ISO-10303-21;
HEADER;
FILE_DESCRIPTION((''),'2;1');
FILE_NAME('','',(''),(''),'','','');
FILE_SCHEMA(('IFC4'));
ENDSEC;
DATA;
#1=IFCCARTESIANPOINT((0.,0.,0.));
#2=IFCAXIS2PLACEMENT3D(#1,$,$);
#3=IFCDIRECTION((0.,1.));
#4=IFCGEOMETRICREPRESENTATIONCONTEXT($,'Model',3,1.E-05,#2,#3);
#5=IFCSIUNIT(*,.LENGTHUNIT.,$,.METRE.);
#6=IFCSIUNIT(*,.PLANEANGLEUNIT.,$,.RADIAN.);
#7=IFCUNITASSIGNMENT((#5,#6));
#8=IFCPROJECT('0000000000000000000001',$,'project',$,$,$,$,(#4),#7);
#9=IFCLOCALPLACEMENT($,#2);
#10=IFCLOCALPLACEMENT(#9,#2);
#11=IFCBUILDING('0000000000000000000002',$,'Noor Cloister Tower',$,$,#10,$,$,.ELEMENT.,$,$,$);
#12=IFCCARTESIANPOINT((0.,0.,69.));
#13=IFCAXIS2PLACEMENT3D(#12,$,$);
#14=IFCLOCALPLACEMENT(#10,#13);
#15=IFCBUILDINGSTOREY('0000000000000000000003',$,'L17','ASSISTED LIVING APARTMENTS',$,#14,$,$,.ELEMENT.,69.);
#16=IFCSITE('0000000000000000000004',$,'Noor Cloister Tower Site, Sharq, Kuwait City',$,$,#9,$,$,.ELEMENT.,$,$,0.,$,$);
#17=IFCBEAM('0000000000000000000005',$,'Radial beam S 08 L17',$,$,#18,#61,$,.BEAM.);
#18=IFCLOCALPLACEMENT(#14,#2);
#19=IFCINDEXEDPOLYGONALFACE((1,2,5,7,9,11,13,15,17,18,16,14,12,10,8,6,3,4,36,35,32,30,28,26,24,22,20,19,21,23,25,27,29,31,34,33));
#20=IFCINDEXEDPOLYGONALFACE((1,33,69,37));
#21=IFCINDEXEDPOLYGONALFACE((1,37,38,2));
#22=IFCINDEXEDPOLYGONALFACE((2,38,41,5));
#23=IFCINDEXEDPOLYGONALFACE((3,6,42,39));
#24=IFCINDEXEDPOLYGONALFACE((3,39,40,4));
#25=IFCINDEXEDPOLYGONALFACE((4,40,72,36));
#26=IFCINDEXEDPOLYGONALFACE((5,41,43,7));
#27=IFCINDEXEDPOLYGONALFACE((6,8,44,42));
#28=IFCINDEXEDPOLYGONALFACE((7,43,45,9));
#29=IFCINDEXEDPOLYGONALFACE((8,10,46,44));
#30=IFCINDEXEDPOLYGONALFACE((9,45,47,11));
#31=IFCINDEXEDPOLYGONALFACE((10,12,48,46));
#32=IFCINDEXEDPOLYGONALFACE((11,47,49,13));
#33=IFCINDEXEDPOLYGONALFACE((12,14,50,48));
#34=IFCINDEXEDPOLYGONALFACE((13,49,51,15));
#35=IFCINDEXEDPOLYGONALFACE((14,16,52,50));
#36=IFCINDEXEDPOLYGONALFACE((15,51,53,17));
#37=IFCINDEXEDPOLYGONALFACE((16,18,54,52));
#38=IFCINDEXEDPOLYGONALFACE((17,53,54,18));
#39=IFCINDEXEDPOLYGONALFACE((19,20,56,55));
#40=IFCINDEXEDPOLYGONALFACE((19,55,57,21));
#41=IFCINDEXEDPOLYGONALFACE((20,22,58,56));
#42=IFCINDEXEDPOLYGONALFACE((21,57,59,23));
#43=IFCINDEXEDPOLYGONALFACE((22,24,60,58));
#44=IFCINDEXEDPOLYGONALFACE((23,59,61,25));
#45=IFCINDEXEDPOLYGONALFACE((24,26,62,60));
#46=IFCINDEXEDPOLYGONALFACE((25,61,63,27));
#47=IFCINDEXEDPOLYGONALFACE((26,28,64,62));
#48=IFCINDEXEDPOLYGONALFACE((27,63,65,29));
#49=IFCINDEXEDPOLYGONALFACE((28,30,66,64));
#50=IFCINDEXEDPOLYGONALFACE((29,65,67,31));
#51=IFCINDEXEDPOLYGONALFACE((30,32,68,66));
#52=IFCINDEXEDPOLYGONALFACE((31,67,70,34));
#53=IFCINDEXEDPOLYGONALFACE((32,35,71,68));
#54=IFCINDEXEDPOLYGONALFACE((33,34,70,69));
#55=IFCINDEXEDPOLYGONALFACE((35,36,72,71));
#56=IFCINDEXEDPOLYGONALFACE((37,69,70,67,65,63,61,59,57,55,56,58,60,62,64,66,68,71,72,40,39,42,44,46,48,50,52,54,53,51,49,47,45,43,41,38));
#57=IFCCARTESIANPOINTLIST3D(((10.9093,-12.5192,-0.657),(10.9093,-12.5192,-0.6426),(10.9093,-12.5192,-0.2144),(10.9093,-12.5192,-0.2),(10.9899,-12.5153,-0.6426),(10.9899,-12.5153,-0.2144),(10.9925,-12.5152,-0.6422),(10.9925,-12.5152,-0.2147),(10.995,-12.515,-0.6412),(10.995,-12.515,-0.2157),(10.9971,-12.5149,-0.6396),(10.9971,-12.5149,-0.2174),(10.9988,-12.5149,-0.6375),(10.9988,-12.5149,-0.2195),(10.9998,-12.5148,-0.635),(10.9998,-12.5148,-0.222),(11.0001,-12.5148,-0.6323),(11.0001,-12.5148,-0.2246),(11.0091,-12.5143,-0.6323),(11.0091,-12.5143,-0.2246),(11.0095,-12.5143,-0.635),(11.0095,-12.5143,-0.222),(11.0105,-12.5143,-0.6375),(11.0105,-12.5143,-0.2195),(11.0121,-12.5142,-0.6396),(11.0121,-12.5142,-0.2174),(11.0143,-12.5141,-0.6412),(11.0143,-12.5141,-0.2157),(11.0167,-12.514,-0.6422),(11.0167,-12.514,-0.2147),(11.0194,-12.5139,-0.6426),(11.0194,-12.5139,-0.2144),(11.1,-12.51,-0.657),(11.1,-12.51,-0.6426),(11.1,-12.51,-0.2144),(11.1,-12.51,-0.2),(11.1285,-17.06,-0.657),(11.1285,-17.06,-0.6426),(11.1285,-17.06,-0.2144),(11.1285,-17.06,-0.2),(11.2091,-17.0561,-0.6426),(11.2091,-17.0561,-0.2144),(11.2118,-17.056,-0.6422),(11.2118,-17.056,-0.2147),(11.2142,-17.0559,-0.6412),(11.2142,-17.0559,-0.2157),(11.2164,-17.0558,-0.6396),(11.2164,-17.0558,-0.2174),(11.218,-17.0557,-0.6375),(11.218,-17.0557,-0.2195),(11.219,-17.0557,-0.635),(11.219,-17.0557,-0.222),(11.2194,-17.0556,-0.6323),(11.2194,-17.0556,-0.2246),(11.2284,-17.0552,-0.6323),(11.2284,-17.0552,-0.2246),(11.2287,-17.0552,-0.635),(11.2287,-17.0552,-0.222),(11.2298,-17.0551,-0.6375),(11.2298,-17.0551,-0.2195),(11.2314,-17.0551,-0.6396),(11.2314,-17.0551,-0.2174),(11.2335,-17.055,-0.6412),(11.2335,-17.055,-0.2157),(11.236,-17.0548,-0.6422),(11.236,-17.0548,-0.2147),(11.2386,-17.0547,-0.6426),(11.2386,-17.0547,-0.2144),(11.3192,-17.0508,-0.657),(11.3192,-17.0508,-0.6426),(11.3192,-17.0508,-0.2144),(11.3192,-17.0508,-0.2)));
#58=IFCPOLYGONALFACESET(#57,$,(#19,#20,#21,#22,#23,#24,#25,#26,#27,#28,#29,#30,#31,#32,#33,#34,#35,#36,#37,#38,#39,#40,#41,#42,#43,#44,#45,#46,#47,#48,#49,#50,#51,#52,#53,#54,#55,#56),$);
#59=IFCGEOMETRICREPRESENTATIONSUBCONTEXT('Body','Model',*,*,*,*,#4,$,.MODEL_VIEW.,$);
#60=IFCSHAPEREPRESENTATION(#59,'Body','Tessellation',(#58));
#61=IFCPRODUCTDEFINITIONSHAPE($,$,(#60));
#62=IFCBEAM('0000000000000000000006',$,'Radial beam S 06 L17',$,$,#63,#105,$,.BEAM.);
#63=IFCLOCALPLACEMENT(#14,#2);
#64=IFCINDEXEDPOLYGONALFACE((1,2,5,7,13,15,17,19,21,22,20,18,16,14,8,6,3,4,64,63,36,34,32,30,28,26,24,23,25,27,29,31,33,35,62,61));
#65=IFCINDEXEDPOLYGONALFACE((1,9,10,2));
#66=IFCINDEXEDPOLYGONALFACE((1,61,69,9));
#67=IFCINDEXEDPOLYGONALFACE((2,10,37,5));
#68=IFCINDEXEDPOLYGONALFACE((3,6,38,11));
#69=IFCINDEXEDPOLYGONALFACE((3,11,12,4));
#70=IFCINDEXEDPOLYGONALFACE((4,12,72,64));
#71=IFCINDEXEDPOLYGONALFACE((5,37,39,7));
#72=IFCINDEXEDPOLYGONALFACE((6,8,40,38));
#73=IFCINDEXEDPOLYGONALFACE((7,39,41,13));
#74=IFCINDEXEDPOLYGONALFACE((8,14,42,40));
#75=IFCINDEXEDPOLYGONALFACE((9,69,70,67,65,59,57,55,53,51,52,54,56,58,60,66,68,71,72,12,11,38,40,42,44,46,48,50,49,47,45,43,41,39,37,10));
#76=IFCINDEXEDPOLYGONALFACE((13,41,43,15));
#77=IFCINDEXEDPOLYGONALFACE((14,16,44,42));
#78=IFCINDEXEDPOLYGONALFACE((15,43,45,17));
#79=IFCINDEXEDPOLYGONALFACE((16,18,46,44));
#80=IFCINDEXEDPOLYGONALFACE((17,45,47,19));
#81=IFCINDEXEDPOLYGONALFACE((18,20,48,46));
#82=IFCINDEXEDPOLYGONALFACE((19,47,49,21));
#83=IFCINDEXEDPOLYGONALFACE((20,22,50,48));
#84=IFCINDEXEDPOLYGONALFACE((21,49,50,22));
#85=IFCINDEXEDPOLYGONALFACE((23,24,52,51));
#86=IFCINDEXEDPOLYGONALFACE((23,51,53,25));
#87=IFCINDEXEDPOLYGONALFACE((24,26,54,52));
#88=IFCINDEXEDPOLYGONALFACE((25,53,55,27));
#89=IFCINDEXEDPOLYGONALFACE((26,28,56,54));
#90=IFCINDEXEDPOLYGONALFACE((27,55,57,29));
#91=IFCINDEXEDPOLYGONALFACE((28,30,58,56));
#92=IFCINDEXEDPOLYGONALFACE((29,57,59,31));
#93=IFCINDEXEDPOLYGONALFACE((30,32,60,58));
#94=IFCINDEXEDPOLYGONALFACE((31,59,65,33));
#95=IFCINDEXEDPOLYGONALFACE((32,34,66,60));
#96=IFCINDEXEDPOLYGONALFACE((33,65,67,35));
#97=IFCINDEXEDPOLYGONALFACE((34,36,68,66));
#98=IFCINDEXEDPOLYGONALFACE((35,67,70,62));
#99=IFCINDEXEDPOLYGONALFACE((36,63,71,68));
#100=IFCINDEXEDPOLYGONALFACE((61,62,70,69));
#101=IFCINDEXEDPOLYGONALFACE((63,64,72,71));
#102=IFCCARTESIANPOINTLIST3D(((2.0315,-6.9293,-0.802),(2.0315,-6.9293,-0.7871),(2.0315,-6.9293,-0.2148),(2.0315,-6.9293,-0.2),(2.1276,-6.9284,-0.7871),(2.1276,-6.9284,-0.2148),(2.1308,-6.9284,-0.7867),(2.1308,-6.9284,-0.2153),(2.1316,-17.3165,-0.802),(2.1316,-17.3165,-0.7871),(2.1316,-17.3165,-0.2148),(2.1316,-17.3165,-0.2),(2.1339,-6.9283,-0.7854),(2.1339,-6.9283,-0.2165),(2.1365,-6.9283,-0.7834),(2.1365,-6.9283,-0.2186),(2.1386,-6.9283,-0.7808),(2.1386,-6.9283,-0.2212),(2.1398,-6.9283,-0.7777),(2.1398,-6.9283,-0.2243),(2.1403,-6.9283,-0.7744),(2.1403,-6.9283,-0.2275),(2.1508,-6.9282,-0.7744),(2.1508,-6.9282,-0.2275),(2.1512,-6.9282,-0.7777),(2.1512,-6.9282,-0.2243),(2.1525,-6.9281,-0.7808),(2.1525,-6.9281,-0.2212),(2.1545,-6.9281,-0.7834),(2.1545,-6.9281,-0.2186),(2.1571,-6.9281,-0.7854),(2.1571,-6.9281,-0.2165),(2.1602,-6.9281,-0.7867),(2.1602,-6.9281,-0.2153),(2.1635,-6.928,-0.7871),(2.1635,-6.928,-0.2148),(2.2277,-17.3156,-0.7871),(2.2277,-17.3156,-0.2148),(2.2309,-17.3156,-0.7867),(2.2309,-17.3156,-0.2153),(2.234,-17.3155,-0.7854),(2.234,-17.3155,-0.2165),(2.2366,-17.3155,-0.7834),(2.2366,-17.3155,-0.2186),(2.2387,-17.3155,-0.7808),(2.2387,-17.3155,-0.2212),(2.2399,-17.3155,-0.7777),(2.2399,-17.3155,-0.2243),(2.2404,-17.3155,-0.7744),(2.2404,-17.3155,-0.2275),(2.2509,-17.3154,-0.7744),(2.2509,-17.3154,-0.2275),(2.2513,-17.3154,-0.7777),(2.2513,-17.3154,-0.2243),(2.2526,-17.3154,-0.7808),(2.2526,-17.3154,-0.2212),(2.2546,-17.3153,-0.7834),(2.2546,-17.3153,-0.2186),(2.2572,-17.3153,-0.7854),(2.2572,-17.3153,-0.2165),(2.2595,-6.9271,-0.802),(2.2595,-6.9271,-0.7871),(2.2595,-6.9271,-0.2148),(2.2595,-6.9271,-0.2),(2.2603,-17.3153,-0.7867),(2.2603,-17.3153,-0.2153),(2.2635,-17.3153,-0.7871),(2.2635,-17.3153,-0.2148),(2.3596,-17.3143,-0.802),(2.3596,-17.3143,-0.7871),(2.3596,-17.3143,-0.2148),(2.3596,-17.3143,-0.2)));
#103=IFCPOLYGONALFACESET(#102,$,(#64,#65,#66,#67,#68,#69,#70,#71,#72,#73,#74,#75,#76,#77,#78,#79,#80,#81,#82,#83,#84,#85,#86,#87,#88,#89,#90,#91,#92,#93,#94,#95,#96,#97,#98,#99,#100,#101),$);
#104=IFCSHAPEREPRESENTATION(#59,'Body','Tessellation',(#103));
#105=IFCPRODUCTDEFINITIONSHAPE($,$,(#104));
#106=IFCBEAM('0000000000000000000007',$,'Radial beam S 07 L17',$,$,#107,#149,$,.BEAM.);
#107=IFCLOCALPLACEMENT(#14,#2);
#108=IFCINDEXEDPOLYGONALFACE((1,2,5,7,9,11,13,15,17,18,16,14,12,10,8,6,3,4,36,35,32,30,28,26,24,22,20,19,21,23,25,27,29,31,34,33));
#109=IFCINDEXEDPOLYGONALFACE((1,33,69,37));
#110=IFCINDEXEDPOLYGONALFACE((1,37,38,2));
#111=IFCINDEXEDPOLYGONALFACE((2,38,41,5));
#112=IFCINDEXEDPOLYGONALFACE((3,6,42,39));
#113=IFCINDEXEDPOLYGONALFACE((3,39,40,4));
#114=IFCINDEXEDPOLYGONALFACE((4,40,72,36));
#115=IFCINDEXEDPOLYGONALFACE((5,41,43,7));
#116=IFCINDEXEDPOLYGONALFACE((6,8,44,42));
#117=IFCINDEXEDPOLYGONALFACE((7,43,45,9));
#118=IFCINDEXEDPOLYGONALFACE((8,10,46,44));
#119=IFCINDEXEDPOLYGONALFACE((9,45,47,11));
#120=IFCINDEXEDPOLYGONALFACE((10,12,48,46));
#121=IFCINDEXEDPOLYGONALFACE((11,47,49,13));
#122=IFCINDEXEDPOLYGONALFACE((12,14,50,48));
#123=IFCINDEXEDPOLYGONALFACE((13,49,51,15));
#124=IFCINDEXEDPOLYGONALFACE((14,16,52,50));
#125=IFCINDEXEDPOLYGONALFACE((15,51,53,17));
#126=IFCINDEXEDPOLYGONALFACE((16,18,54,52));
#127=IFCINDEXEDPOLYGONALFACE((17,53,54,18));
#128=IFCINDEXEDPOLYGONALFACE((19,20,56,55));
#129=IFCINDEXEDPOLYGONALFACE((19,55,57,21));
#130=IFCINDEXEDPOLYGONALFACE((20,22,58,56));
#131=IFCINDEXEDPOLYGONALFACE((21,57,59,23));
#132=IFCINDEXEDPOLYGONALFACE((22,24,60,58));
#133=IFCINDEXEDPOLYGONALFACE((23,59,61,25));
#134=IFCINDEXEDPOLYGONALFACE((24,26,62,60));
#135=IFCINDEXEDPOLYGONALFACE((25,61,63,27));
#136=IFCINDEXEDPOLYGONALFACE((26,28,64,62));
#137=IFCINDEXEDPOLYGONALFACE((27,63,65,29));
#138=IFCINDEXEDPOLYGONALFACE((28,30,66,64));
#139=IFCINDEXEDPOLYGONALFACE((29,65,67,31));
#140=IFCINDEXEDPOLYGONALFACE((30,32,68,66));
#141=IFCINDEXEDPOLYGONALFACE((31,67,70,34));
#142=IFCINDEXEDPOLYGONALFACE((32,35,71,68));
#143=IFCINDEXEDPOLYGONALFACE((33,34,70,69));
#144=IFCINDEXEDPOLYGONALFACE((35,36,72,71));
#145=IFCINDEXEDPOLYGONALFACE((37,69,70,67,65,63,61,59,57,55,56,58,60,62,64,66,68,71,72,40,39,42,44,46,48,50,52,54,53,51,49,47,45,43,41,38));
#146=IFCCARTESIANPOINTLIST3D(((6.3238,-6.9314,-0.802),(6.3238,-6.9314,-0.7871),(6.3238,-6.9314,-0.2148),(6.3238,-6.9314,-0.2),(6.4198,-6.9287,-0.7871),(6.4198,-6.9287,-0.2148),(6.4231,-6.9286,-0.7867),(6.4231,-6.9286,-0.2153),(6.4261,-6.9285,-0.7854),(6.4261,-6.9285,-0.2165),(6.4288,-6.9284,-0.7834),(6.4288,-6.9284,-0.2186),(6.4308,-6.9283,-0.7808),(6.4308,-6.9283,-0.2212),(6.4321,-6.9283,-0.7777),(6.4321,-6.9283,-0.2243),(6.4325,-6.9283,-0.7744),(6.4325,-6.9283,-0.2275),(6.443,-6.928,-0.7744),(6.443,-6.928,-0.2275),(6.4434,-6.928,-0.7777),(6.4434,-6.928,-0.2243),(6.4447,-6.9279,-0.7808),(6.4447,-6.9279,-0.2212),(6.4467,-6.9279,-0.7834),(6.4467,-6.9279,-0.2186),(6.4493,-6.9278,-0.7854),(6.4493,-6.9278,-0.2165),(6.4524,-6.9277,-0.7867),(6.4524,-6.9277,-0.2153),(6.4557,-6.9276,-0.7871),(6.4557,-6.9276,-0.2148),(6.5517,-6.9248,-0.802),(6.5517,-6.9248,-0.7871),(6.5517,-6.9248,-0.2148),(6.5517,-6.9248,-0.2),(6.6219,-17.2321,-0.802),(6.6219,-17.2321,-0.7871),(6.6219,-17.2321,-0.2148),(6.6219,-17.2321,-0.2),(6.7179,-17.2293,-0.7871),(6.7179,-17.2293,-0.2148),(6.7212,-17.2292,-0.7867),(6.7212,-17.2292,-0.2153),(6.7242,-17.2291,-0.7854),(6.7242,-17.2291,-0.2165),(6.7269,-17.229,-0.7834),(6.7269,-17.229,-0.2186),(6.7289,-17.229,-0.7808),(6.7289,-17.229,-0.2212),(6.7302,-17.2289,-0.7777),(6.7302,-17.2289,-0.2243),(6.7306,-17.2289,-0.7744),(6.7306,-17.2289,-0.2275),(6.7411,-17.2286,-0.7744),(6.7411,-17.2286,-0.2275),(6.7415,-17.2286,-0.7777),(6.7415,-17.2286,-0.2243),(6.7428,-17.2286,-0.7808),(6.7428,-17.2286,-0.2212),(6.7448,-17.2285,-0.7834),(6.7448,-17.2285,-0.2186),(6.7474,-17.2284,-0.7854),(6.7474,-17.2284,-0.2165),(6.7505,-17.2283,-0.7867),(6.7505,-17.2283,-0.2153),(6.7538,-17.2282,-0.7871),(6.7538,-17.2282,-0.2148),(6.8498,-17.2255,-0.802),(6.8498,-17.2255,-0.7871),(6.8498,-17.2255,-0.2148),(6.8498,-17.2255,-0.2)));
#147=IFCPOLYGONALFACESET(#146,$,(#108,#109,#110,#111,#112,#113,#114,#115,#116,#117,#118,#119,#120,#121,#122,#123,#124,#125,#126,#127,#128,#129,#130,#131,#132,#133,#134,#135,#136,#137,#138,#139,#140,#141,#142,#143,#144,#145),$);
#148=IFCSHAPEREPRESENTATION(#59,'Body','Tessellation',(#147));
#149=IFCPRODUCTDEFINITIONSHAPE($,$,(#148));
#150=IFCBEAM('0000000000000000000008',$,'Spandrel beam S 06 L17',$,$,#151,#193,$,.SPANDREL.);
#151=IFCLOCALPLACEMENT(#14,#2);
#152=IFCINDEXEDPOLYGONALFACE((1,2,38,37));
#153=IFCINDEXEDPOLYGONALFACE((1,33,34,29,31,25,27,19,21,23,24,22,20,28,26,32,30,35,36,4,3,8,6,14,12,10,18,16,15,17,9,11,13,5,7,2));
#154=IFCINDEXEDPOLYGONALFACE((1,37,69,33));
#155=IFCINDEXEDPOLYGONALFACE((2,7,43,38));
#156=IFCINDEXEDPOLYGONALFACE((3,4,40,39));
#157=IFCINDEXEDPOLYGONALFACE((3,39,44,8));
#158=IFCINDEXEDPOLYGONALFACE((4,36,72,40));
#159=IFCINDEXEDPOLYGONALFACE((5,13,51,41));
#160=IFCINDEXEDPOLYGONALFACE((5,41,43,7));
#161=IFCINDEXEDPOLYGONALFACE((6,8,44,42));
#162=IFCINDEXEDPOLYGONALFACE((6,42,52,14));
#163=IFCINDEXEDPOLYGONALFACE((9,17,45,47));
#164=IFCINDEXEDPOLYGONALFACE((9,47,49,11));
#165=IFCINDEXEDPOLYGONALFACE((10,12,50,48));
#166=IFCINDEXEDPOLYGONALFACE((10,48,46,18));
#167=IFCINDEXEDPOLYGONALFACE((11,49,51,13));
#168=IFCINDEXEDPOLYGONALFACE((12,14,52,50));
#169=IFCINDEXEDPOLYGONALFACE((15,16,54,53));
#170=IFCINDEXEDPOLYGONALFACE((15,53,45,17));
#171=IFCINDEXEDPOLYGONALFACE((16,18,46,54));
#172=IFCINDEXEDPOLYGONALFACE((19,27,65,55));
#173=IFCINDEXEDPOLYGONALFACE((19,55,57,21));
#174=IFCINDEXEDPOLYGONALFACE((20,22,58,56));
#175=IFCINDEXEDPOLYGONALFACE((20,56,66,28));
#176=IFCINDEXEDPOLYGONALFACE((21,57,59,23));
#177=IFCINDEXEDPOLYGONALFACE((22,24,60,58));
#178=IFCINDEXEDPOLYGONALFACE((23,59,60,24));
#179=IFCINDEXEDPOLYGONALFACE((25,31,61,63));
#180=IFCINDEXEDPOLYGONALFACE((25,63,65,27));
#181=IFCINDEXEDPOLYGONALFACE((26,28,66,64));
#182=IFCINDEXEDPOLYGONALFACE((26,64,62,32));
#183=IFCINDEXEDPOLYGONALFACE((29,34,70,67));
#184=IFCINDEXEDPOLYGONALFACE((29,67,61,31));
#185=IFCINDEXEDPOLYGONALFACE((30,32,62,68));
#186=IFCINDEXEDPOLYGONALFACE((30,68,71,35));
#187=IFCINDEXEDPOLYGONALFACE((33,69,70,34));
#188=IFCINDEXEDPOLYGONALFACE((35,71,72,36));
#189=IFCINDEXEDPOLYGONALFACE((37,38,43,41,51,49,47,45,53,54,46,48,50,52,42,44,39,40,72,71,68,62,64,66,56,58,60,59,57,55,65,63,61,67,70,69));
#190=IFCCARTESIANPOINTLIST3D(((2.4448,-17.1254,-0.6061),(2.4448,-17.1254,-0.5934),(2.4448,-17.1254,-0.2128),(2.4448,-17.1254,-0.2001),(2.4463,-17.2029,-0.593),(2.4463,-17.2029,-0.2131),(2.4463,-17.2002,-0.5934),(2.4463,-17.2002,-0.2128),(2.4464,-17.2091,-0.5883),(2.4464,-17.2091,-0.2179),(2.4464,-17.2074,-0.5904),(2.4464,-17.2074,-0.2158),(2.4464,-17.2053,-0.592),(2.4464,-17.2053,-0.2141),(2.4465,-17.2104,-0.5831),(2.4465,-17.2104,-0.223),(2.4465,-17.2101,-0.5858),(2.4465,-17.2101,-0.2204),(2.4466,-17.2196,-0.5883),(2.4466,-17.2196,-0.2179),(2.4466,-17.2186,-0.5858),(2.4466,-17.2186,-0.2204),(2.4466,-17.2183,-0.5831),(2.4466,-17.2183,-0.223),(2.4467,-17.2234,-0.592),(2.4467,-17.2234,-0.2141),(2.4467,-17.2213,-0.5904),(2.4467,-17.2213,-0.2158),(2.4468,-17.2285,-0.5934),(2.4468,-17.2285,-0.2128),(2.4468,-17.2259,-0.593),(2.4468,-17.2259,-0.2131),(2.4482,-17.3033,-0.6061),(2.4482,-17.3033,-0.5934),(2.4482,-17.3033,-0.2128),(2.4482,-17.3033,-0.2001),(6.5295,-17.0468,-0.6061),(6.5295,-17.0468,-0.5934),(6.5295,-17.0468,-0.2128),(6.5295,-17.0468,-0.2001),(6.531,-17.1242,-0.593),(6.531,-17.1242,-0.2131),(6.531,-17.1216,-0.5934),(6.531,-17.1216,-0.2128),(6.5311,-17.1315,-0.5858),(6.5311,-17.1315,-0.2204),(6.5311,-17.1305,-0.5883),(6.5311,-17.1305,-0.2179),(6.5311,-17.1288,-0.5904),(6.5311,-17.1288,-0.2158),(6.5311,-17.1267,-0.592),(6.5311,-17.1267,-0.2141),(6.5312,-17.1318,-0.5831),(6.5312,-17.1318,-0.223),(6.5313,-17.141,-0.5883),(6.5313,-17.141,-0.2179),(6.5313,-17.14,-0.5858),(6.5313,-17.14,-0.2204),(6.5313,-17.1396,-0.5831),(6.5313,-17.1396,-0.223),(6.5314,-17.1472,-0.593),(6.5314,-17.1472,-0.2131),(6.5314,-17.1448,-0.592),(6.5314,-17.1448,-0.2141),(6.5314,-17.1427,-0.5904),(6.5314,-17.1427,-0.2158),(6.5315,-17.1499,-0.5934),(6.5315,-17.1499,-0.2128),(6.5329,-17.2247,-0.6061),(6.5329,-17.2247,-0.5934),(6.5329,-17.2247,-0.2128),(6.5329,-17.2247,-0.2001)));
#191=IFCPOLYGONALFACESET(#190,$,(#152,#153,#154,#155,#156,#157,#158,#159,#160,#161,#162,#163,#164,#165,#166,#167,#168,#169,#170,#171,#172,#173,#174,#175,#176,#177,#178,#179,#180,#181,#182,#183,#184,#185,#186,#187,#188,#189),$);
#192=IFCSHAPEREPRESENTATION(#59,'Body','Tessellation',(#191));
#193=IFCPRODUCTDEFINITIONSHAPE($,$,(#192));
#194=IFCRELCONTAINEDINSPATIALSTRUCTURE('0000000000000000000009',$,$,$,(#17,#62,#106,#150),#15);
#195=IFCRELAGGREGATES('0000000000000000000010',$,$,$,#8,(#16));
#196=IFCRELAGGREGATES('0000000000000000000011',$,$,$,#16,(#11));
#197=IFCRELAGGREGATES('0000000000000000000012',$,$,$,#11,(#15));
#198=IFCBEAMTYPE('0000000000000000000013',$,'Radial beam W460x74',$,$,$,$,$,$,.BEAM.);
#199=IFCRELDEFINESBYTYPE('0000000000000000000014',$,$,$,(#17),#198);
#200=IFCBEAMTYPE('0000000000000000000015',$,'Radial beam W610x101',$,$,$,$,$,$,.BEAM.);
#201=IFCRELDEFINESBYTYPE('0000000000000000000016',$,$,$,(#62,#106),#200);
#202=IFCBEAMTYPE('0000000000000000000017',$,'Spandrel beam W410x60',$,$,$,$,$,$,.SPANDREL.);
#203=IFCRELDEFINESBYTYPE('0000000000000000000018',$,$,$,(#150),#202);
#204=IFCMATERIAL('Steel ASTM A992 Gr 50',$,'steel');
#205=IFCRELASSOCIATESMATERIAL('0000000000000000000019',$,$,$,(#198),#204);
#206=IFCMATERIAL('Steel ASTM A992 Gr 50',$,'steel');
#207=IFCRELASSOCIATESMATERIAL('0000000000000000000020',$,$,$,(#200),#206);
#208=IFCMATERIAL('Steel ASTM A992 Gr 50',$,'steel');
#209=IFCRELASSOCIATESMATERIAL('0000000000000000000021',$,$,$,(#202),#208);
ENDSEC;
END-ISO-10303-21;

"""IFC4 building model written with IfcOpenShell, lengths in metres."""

from ifc_helpers import new_model, si_unit, direction, frame, origin, origin_2d, place, context, subcontext, project, spatial, i_section, extrude, material, material_profile, profile_set, type_object, element, save


model = new_model("IFC4")

# Units and contexts
model_context = context("Model", 3, precision=1e-05, world=origin(), true_north=direction((0.0, 1.0)))
body_context = subcontext(model_context, "Body", "Model", "MODEL_VIEW")
ifc_project = project(units=[si_unit("LENGTHUNIT", "METRE"), si_unit("PLANEANGLEUNIT", "RADIAN")], contexts=[model_context])

# Site, building, storey
site_placement = place(None, origin())
site = spatial("IfcSite", under=ifc_project, at=site_placement, Name="Noor Cloister Tower Site, Sharq, Kuwait City", CompositionType="ELEMENT", RefElevation=0.0)
building_placement = place(site_placement, origin())
building = spatial("IfcBuilding", under=site, at=building_placement, Name="Noor Cloister Tower", CompositionType="ELEMENT")
storey_placement = place(building_placement, frame((0.0, 0.0, 69.0)))
storey = spatial("IfcBuildingStorey", under=building, at=storey_placement, Name="L17", Description="ASSISTED LIVING APARTMENTS", CompositionType="ELEMENT", Elevation=69.0)

# Beams
ifc_material_1 = material(Name="Steel ASTM A992 Gr 50", Category="steel")
ifc_material_profile_1 = material_profile(ifc_material_1, i_section(OverallWidth=0.1909, OverallDepth=0.457, WebThickness=0.009, FlangeThickness=0.0144, FilletRadius=0.0103, at=origin_2d()), Name="W460x74")
ifc_profile_set_1 = profile_set([ifc_material_profile_1], Name="Steel ASTM A992 Gr 50")
beam_type_1 = type_object("IfcBeamType", Name="Radial beam W460x74", PredefinedType="BEAM", material=ifc_profile_set_1)
beam_1_placement = place(storey_placement, frame((11.2239, -17.0554, -0.4285), z_axis=(-0.048226, 0.998836, 0.0), x_axis=(-0.998836, -0.048226, 0.0)))
element("IfcBeam", 1, at=beam_1_placement, inside=storey, type_object=beam_type_1, Name="Radial beam S 08 L17", PredefinedType="BEAM", context=body_context, shape_type="SweptSolid", body=[
    extrude(i_section(OverallWidth=0.1909, OverallDepth=0.457, WebThickness=0.009, FlangeThickness=0.0144, FilletRadius=0.0103, at=origin_2d()), origin(), (0.0, 0.0, 1.0), 4.5461),
])
ifc_material_2 = material(Name="Steel ASTM A992 Gr 50", Category="steel")
ifc_material_profile_2 = material_profile(ifc_material_2, i_section(OverallWidth=0.228, OverallDepth=0.6021, WebThickness=0.0105, FlangeThickness=0.0149, FilletRadius=0.0127, at=origin_2d()), Name="W610x101")
ifc_profile_set_2 = profile_set([ifc_material_profile_2], Name="Steel ASTM A992 Gr 50")
beam_type_2 = type_object("IfcBeamType", Name="Radial beam W610x101", PredefinedType="BEAM", material=ifc_profile_set_2)
beam_2_placement = place(storey_placement, frame((2.2456, -17.3154, -0.501), z_axis=(-0.009636, 0.999954, 0.0), x_axis=(-0.999954, -0.009636, 0.0)))
element("IfcBeam", 2, at=beam_2_placement, inside=storey, type_object=beam_type_2, Name="Radial beam S 06 L17", PredefinedType="BEAM", context=body_context, shape_type="SweptSolid", body=[
    extrude(i_section(OverallWidth=0.228, OverallDepth=0.6021, WebThickness=0.0105, FlangeThickness=0.0149, FilletRadius=0.0127, at=origin_2d()), origin(), (0.0, 0.0, 1.0), 10.3877),
])
beam_3_placement = place(storey_placement, frame((6.7358, -17.2288, -0.501), z_axis=(-0.028928, 0.999582, 0.0), x_axis=(-0.999582, -0.028928, 0.0)))
element("IfcBeam", 3, at=beam_3_placement, inside=storey, type_object=beam_type_2, Name="Radial beam S 07 L17", PredefinedType="BEAM", context=body_context, shape_type="SweptSolid", body=[
    extrude(i_section(OverallWidth=0.228, OverallDepth=0.6021, WebThickness=0.0105, FlangeThickness=0.0149, FilletRadius=0.0127, at=origin_2d()), origin(), (0.0, 0.0, 1.0), 10.3049),
])
ifc_material_3 = material(Name="Steel ASTM A992 Gr 50", Category="steel")
ifc_material_profile_3 = material_profile(ifc_material_3, i_section(OverallWidth=0.178, OverallDepth=0.406, WebThickness=0.0078, FlangeThickness=0.0127, FilletRadius=0.0103, at=origin_2d()), Name="W410x60")
ifc_profile_set_3 = profile_set([ifc_material_profile_3], Name="Steel ASTM A992 Gr 50")
beam_type_3 = type_object("IfcBeamType", Name="Spandrel beam W410x60", PredefinedType="SPANDREL", material=ifc_profile_set_3)
beam_4_placement = place(storey_placement, frame((2.4465, -17.2144, -0.4031), z_axis=(0.999815, 0.019242, 0.0), x_axis=(-0.019242, 0.999815, 0.0)))
element("IfcBeam", 4, at=beam_4_placement, inside=storey, type_object=beam_type_3, Name="Spandrel beam S 06 L17", PredefinedType="SPANDREL", context=body_context, shape_type="SweptSolid", body=[
    extrude(i_section(OverallWidth=0.178, OverallDepth=0.406, WebThickness=0.0078, FlangeThickness=0.0127, FilletRadius=0.0103, at=origin_2d()), origin(), (0.0, 0.0, 1.0), 4.0854),
])

save(model, "model.ifc")
